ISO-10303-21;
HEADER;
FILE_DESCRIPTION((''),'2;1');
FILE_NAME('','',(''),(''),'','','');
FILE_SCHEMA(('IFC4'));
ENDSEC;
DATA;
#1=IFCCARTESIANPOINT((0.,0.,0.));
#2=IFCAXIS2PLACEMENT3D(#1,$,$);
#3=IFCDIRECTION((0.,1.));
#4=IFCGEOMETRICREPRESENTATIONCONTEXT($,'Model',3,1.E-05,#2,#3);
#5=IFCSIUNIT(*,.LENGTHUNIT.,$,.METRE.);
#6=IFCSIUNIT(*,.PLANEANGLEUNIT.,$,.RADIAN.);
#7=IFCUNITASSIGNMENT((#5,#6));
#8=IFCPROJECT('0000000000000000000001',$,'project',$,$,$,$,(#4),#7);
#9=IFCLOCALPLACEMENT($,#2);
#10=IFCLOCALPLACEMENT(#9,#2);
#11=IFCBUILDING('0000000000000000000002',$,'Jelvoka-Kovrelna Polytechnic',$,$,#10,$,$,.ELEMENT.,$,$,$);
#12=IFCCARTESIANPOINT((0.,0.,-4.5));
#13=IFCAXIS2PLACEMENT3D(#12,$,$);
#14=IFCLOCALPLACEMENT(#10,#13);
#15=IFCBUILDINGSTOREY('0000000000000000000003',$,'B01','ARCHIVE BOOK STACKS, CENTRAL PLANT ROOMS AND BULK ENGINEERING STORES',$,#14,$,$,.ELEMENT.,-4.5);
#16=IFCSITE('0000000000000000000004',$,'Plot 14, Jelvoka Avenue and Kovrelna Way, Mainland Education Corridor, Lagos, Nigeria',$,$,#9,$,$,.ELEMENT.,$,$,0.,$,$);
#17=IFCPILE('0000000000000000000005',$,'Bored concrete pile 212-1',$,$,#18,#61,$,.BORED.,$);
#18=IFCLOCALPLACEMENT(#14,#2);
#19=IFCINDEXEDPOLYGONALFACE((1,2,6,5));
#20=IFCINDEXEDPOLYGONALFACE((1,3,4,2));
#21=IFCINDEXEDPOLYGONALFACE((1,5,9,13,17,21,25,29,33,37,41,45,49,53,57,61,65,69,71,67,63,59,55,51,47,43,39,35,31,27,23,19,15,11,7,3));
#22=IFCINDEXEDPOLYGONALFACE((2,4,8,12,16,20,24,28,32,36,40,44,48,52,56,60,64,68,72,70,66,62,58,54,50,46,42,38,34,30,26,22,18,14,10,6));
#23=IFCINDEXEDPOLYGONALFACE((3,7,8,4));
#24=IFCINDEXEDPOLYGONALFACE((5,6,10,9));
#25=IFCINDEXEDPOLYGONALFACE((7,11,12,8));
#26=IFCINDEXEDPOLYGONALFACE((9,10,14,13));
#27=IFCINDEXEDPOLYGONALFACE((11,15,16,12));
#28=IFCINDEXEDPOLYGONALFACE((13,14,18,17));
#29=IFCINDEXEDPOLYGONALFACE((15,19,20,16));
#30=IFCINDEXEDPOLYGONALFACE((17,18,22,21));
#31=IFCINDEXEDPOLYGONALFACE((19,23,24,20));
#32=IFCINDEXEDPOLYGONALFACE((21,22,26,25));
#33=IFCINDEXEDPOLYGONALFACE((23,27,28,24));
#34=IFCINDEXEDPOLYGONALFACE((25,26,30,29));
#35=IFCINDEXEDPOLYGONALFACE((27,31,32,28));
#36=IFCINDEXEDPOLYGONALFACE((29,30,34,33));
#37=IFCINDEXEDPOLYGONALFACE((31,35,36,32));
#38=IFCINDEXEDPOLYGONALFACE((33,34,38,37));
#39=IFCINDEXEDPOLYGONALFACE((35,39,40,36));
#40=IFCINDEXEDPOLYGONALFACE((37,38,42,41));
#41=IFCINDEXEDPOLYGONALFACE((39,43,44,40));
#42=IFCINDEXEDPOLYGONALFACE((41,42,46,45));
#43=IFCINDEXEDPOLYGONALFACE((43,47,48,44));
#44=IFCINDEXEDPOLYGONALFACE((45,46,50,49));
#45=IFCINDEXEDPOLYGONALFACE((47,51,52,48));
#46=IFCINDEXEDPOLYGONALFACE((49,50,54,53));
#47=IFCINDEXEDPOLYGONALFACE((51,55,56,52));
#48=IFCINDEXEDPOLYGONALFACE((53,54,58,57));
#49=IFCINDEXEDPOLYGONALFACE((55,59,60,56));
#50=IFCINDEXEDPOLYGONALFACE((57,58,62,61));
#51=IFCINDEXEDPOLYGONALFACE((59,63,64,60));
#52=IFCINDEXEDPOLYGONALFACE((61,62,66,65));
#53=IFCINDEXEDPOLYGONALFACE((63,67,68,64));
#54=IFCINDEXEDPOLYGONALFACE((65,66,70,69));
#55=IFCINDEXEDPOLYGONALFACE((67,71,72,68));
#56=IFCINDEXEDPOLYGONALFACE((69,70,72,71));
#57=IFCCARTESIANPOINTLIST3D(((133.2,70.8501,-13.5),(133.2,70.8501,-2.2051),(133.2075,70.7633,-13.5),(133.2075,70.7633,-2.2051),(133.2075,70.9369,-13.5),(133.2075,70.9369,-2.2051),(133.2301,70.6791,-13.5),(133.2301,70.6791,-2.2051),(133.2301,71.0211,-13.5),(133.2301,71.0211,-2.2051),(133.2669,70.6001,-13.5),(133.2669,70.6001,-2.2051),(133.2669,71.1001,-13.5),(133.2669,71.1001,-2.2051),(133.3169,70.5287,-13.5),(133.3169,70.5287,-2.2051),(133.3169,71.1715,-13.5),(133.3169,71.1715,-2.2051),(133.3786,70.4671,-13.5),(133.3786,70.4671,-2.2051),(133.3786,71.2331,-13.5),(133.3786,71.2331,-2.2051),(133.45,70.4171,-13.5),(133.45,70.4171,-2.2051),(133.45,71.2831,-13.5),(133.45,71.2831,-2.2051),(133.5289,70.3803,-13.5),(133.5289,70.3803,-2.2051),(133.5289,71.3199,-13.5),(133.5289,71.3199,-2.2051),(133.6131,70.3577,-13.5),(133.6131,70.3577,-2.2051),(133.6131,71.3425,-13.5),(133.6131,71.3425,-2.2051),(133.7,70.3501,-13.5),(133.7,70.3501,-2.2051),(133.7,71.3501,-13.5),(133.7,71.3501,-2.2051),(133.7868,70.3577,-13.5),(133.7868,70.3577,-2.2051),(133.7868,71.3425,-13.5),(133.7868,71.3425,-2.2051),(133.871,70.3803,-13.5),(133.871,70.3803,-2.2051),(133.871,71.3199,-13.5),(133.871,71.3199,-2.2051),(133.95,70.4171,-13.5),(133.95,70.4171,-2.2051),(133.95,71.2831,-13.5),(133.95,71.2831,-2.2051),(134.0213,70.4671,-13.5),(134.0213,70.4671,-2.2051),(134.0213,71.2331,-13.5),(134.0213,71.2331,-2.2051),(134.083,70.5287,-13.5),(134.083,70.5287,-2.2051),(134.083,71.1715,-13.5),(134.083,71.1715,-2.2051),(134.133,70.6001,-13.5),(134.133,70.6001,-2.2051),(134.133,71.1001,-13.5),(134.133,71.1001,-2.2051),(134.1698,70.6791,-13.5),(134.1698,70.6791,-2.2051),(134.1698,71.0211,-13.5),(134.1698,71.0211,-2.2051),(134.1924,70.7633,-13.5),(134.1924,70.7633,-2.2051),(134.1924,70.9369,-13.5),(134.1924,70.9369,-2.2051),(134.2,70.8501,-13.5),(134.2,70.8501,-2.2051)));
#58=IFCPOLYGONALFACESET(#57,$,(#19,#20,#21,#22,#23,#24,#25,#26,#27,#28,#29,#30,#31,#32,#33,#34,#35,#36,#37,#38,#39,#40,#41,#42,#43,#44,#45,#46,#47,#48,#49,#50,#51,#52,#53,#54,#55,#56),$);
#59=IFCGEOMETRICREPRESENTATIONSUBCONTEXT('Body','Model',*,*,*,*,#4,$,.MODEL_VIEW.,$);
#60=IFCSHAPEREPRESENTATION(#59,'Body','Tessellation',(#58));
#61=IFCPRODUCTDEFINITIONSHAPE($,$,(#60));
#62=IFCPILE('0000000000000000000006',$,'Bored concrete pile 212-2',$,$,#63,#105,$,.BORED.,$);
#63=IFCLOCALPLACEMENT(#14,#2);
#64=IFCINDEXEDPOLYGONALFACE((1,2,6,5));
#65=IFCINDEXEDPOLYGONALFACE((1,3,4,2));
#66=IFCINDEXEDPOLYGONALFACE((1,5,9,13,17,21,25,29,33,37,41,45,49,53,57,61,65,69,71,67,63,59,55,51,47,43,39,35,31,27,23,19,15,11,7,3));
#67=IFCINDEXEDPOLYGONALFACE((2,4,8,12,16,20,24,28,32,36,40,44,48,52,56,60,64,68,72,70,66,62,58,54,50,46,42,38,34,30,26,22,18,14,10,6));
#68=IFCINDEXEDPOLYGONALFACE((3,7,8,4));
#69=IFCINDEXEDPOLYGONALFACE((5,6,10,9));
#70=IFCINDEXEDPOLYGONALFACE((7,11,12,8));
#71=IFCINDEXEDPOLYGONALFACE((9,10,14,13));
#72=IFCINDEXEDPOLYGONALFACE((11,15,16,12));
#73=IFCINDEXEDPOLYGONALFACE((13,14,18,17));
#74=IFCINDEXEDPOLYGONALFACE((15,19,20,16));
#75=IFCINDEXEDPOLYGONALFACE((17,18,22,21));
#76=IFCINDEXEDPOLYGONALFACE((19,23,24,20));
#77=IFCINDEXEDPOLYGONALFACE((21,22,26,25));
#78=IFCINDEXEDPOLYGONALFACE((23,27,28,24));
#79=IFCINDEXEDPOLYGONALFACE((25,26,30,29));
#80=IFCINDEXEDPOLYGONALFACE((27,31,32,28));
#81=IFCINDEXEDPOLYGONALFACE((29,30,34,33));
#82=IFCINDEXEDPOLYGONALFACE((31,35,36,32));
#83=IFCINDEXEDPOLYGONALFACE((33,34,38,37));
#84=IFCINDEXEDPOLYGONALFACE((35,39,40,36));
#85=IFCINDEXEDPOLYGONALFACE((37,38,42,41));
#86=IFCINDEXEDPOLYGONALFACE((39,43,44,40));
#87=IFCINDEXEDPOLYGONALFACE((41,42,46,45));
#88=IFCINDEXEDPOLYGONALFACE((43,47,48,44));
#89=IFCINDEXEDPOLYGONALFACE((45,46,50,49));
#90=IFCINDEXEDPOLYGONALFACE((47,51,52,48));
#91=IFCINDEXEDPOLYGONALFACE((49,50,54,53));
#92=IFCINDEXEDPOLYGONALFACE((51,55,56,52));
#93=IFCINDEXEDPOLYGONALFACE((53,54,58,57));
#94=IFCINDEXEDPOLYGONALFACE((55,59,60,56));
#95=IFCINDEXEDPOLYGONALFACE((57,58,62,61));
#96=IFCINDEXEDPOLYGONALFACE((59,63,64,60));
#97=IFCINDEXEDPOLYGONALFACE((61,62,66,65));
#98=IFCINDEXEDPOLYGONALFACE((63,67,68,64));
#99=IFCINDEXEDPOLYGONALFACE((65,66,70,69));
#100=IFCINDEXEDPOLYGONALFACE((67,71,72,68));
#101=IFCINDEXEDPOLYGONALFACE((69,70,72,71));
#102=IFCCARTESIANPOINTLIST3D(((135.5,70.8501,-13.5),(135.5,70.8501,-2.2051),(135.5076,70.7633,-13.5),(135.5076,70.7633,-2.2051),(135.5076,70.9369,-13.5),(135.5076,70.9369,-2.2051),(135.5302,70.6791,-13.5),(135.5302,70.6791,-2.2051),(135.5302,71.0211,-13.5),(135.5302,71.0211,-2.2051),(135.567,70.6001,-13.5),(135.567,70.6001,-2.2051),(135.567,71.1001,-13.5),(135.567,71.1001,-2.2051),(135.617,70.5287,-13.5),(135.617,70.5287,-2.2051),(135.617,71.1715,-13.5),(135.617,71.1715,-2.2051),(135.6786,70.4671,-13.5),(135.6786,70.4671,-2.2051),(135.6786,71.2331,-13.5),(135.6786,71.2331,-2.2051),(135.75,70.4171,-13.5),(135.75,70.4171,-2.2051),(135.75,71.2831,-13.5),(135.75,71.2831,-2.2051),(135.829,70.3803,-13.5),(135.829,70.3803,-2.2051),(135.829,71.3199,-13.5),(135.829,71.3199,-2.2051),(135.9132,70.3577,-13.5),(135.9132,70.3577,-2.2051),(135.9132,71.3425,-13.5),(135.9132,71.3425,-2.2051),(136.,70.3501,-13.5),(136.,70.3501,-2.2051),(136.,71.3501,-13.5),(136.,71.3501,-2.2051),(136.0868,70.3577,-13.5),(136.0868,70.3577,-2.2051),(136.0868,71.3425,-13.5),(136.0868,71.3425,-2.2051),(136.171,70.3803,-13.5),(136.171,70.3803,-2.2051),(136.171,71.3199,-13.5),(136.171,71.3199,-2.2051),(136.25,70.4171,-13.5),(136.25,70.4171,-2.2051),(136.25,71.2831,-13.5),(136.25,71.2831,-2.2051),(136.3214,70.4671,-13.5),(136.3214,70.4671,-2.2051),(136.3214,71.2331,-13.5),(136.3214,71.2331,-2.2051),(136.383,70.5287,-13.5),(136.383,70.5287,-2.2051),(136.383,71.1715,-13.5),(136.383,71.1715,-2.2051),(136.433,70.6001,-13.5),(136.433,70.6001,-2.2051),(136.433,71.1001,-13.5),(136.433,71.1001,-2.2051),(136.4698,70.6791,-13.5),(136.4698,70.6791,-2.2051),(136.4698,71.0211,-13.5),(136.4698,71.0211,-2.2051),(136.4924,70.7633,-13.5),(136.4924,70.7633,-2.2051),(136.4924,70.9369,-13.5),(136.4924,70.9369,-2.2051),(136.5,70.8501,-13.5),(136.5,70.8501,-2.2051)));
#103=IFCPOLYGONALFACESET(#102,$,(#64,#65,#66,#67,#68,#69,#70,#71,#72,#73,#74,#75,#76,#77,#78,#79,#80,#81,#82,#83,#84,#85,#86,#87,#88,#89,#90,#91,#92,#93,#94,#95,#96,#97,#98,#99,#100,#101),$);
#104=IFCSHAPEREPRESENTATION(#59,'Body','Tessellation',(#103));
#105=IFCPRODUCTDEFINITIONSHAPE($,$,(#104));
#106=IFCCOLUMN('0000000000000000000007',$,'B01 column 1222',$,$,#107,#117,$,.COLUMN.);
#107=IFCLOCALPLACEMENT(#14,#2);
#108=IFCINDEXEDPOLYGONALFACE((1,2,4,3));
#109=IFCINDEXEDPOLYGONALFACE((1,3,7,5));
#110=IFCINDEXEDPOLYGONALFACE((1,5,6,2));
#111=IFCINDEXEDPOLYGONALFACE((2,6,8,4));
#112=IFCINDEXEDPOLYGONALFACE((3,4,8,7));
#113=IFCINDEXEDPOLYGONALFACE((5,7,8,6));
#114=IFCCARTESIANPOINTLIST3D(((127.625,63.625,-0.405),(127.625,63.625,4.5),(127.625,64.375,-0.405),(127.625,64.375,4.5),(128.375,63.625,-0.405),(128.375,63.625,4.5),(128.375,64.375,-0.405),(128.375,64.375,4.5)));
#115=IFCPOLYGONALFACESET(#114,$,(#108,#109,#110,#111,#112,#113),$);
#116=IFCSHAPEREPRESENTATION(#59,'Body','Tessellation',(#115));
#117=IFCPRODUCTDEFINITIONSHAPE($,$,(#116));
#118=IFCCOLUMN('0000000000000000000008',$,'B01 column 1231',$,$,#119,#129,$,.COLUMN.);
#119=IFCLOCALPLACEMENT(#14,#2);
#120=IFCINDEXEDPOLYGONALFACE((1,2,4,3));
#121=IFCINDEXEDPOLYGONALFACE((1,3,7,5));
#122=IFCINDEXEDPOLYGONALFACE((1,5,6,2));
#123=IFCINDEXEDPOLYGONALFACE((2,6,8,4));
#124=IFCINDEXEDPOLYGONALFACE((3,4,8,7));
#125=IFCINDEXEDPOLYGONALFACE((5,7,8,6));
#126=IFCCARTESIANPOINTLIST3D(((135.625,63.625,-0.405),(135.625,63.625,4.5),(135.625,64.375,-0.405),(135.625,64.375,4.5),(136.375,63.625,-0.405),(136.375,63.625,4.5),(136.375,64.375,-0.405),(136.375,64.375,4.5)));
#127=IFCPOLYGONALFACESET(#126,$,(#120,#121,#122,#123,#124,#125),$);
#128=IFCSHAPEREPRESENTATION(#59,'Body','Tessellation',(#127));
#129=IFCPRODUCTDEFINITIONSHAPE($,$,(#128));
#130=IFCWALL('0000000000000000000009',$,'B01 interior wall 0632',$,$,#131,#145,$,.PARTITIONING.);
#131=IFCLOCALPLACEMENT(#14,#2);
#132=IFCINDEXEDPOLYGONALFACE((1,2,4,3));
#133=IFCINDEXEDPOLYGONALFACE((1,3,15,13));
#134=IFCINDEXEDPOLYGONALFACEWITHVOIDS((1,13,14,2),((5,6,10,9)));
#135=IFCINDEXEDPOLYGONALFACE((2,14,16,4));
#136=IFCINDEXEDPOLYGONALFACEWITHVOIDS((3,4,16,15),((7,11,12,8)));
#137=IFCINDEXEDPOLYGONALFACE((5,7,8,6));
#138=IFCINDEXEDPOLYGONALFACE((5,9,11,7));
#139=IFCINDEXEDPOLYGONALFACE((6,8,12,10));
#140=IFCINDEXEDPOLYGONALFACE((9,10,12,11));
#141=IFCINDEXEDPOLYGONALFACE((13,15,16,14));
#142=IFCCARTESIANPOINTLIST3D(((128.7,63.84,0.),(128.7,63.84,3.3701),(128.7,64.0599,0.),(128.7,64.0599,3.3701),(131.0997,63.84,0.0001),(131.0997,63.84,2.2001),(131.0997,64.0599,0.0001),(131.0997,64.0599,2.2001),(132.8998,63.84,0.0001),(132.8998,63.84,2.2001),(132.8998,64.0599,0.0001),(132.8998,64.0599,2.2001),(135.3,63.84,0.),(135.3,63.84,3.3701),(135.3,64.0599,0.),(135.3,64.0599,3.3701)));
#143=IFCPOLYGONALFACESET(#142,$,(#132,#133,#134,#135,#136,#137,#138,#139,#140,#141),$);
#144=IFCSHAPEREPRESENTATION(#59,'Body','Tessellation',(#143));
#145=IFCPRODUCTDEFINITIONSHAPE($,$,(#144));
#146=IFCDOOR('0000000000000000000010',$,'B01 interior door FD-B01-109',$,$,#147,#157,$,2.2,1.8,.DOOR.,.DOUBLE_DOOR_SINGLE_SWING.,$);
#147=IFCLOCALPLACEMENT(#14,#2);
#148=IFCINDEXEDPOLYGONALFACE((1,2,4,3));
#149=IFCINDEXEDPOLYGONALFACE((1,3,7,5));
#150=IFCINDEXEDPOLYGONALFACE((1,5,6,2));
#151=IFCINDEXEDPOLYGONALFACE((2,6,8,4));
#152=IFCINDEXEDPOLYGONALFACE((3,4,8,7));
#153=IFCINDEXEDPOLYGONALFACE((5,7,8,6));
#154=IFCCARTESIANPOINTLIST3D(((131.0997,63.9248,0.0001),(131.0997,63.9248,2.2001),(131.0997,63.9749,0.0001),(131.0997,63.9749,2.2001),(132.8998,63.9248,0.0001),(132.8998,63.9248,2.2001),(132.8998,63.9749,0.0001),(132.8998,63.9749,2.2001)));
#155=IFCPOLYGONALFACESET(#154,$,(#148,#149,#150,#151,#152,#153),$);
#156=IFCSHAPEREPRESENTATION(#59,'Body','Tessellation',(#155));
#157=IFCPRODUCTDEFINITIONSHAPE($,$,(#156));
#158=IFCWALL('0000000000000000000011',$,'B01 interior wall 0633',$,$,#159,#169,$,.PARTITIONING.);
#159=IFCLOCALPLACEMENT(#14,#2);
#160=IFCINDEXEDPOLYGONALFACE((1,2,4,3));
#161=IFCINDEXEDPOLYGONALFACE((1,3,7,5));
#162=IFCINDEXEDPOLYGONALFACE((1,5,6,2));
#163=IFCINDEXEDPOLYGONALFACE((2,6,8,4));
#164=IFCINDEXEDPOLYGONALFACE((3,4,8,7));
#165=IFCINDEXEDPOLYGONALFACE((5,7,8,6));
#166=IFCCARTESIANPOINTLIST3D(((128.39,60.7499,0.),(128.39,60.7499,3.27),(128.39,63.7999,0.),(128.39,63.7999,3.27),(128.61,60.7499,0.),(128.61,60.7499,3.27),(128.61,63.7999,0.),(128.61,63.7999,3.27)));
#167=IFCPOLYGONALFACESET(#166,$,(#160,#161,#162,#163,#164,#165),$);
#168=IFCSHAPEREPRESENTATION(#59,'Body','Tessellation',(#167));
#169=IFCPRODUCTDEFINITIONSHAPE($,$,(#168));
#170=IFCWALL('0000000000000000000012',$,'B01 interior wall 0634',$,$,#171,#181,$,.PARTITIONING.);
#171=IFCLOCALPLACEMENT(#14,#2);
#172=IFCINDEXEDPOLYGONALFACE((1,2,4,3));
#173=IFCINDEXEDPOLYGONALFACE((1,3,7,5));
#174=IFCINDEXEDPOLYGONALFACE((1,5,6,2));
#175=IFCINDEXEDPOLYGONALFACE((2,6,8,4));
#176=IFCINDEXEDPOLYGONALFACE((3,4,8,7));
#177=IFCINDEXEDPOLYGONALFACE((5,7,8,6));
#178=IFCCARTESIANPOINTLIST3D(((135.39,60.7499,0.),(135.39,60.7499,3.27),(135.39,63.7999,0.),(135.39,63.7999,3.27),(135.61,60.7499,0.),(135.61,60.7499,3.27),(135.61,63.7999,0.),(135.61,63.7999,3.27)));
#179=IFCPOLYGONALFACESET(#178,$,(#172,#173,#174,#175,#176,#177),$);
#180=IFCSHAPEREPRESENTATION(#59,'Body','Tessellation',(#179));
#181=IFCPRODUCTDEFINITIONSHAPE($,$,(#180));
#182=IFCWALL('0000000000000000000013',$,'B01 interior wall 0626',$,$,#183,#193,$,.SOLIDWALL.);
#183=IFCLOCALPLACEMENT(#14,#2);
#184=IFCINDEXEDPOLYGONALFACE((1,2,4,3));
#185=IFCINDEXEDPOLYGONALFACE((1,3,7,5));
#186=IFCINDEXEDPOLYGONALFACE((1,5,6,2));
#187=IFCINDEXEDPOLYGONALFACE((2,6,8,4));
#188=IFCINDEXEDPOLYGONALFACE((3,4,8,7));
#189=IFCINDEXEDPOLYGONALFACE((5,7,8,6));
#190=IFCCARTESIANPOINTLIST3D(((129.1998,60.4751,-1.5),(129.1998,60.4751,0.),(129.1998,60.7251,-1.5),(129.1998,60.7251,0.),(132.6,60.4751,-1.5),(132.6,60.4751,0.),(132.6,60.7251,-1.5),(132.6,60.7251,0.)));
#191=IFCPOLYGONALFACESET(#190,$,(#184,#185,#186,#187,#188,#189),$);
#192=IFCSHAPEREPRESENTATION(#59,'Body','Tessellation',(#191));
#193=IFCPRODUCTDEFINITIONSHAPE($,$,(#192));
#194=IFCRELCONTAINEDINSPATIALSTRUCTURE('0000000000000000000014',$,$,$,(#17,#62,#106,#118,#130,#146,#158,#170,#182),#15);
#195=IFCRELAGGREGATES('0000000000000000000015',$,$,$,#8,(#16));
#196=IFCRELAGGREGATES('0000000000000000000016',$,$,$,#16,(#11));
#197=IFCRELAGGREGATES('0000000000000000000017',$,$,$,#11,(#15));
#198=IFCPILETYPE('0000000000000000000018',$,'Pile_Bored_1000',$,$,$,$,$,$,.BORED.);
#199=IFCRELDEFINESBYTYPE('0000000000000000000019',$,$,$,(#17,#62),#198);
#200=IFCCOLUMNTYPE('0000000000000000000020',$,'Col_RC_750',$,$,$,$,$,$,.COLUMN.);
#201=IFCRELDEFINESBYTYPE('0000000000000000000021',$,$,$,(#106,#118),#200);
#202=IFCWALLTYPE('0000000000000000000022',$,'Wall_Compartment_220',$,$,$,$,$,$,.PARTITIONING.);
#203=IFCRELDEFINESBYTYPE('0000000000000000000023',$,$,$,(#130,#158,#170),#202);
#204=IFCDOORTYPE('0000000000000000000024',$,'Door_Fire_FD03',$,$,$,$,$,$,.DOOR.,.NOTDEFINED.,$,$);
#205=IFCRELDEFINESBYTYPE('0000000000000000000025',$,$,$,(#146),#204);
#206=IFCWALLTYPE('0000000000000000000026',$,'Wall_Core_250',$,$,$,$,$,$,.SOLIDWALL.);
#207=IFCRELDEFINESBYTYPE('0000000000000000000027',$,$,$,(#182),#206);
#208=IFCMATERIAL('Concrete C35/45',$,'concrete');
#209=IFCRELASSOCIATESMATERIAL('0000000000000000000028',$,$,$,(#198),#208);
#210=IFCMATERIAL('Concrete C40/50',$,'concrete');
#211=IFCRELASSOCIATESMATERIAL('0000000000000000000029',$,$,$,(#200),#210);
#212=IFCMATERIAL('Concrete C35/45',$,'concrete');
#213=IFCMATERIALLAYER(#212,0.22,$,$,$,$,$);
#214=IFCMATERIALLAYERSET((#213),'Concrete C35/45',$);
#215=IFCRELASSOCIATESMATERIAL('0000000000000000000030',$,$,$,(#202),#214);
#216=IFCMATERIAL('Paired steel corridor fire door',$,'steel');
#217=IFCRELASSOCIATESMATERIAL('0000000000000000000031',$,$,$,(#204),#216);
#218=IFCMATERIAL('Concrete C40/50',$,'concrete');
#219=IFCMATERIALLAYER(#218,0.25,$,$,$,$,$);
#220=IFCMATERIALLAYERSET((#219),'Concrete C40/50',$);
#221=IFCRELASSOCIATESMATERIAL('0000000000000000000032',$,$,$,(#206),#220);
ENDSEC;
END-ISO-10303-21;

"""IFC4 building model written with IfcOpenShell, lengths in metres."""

from ifc_helpers import new_model, si_unit, direction, frame, frame_2d, origin, origin_2d, place, context, subcontext, project, spatial, rectangle, circle, extrude, material, layer, layer_set, material_profile, profile_set, type_object, element, fill, save


model = new_model("IFC4")

# Units and contexts
model_context = context("Model", 3, precision=1e-05, world=origin(), true_north=direction((0.0, 1.0)))
body_context = subcontext(model_context, "Body", "Model", "MODEL_VIEW")
ifc_project = project(units=[si_unit("LENGTHUNIT", "METRE"), si_unit("PLANEANGLEUNIT", "RADIAN")], contexts=[model_context])

# Site, building, storey
site_placement = place(None, origin())
site = spatial("IfcSite", under=ifc_project, at=site_placement, Name="Plot 14, Jelvoka Avenue and Kovrelna Way, Mainland Education Corridor, Lagos, Nigeria", CompositionType="ELEMENT", RefElevation=0.0)
building_placement = place(site_placement, origin())
building = spatial("IfcBuilding", under=site, at=building_placement, Name="Jelvoka-Kovrelna Polytechnic", CompositionType="ELEMENT")
storey_placement = place(building_placement, frame((0.0, 0.0, -4.5)))
storey = spatial("IfcBuildingStorey", under=building, at=storey_placement, Name="B01", Description="ARCHIVE BOOK STACKS, CENTRAL PLANT ROOMS AND BULK ENGINEERING STORES", CompositionType="ELEMENT", Elevation=-4.5)

# Piles
ifc_material_1 = material(Name="Concrete C35/45", Category="concrete")
ifc_material_profile_1 = material_profile(ifc_material_1, circle(Radius=0.5, at=origin_2d()), Name="PILE D1000")
ifc_profile_set_1 = profile_set([ifc_material_profile_1], Name="Concrete C35/45")
pile_type = type_object("IfcPileType", Name="Pile_Bored_1000", PredefinedType="BORED", material=ifc_profile_set_1)
for number, where, z_axis, x_axis, name in (
    (1, (133.7, 70.8501, -2.2051), (0.0, 0.0, -1.0), (1.0, 0.0, 0.0), "Bored concrete pile 212-1"),
    (2, (136.0, 70.8501, -2.2051), (0.0, 0.0, -1.0), (1.0, 0.0, 0.0), "Bored concrete pile 212-2"),
):
    element("IfcPile", number, at=place(storey_placement, frame(where, z_axis=z_axis, x_axis=x_axis)), inside=storey, type_object=pile_type, Name=name, PredefinedType="BORED", context=body_context, shape_type="SweptSolid", body=[
        extrude(circle(Radius=0.5, at=origin_2d()), origin(), (0.0, 0.0, 1.0), 11.2949),
    ])

# Columns
ifc_material_2 = material(Name="Concrete C40/50", Category="concrete")
ifc_material_profile_2 = material_profile(ifc_material_2, rectangle(XDim=0.75, YDim=0.75, at=origin_2d()), Name="RC 750x750")
ifc_profile_set_2 = profile_set([ifc_material_profile_2], Name="Concrete C40/50")
column_type = type_object("IfcColumnType", Name="Col_RC_750", PredefinedType="COLUMN", material=ifc_profile_set_2)
for number, where, z_axis, x_axis, name in (
    (3, (128.0, 64.0, -0.405), (0.0, 0.0, 1.0), (1.0, 0.0, 0.0), "B01 column 1222"),
    (4, (136.0, 64.0, -0.405), (0.0, 0.0, 1.0), (1.0, 0.0, 0.0), "B01 column 1231"),
):
    element("IfcColumn", number, at=place(storey_placement, frame(where, z_axis=z_axis, x_axis=x_axis)), inside=storey, type_object=column_type, Name=name, PredefinedType="COLUMN", context=body_context, shape_type="SweptSolid", body=[
        extrude(rectangle(XDim=0.75, YDim=0.75, at=origin_2d()), origin(), (0.0, 0.0, 1.0), 4.905),
    ])

# Wall, opening, door
ifc_material_3 = material(Name="Concrete C35/45", Category="concrete")
ifc_layer_1 = layer(ifc_material_3, 0.22)
ifc_layer_set_1 = layer_set([ifc_layer_1], Name="Concrete C35/45")
wall_type_1 = type_object("IfcWallType", Name="Wall_Compartment_220", PredefinedType="PARTITIONING", material=ifc_layer_set_1)
wall_1_placement = place(storey_placement, frame((128.7, 63.95, 0.0), z_axis=(0.0, 0.0, 1.0), x_axis=(1.0, 0.0, 0.0)))
wall_1 = element("IfcWall", 5, at=wall_1_placement, inside=storey, type_object=wall_type_1, Name="B01 interior wall 0632", PredefinedType="PARTITIONING", context=body_context, shape_type="SweptSolid", body=[
    extrude(rectangle(XDim=6.6001, YDim=0.22, at=frame_2d((3.3, 0.0))), origin(), (0.0, 0.0, 1.0), 3.3701),
])
opening_placement = place(wall_1_placement, frame((2.3999, 0.0, 0.0)))
opening = element("IfcOpeningElement", 6, at=opening_placement, cuts=wall_1, PredefinedType="OPENING", context=body_context, shape_type="SweptSolid", body=[
    extrude(rectangle(XDim=1.8, YDim=2.2, at=frame_2d((0.8999, 1.1001))), frame((0.0, 0.1199, 0.0), z_axis=(0.0, -1.0, 0.0), x_axis=(1.0, 0.0, 0.0)), (0.0, 0.0, 1.0), 0.24),
])
ifc_material_4 = material(Name="Paired steel corridor fire door", Category="steel")
door_type = type_object("IfcDoorType", Name="Door_Fire_FD03", OperationType="NOTDEFINED", PredefinedType="DOOR", material=ifc_material_4)
door_placement = place(opening_placement, origin())
door = element("IfcDoor", 7, at=door_placement, inside=storey, type_object=door_type, Name="B01 interior door FD-B01-109", OperationType="DOUBLE_DOOR_SINGLE_SWING", OverallHeight=2.2, OverallWidth=1.8, PredefinedType="DOOR", context=body_context, shape_type="SweptSolid", body=[
    extrude(rectangle(XDim=1.8, YDim=2.2, at=frame_2d((0.8999, 1.1001))), frame((0.0, 0.0249, 0.0), z_axis=(0.0, -1.0, 0.0), x_axis=(1.0, 0.0, 0.0)), (0.0, 0.0, 1.0), 0.05),
])
fill(opening, door)

# Walls
for number, where, z_axis, x_axis, name in (
    (8, (128.5, 60.75, 0.0), (0.0, 0.0, 1.0), (0.0, 1.0, 0.0), "B01 interior wall 0633"),
    (9, (135.5, 60.75, 0.0), (0.0, 0.0, 1.0), (0.0, 1.0, 0.0), "B01 interior wall 0634"),
):
    element("IfcWall", number, at=place(storey_placement, frame(where, z_axis=z_axis, x_axis=x_axis)), inside=storey, type_object=wall_type_1, Name=name, PredefinedType="PARTITIONING", context=body_context, shape_type="SweptSolid", body=[
        extrude(rectangle(XDim=3.05, YDim=0.22, at=frame_2d((1.5249, 0.0))), origin(), (0.0, 0.0, 1.0), 3.27),
    ])
ifc_material_5 = material(Name="Concrete C40/50", Category="concrete")
ifc_layer_2 = layer(ifc_material_5, 0.25)
ifc_layer_set_2 = layer_set([ifc_layer_2], Name="Concrete C40/50")
wall_type_2 = type_object("IfcWallType", Name="Wall_Core_250", PredefinedType="SOLIDWALL", material=ifc_layer_set_2)
wall_2_placement = place(storey_placement, frame((132.6001, 60.6001, -1.5), z_axis=(0.0, 0.0, 1.0), x_axis=(-1.0, 0.0, 0.0)))
element("IfcWall", 10, at=wall_2_placement, inside=storey, type_object=wall_type_2, Name="B01 interior wall 0626", PredefinedType="SOLIDWALL", context=body_context, shape_type="SweptSolid", body=[
    extrude(rectangle(XDim=3.4001, YDim=0.25, at=frame_2d((1.7002, 0.0))), origin(), (0.0, 0.0, 1.0), 1.5),
])

save(model, "model.ifc")
